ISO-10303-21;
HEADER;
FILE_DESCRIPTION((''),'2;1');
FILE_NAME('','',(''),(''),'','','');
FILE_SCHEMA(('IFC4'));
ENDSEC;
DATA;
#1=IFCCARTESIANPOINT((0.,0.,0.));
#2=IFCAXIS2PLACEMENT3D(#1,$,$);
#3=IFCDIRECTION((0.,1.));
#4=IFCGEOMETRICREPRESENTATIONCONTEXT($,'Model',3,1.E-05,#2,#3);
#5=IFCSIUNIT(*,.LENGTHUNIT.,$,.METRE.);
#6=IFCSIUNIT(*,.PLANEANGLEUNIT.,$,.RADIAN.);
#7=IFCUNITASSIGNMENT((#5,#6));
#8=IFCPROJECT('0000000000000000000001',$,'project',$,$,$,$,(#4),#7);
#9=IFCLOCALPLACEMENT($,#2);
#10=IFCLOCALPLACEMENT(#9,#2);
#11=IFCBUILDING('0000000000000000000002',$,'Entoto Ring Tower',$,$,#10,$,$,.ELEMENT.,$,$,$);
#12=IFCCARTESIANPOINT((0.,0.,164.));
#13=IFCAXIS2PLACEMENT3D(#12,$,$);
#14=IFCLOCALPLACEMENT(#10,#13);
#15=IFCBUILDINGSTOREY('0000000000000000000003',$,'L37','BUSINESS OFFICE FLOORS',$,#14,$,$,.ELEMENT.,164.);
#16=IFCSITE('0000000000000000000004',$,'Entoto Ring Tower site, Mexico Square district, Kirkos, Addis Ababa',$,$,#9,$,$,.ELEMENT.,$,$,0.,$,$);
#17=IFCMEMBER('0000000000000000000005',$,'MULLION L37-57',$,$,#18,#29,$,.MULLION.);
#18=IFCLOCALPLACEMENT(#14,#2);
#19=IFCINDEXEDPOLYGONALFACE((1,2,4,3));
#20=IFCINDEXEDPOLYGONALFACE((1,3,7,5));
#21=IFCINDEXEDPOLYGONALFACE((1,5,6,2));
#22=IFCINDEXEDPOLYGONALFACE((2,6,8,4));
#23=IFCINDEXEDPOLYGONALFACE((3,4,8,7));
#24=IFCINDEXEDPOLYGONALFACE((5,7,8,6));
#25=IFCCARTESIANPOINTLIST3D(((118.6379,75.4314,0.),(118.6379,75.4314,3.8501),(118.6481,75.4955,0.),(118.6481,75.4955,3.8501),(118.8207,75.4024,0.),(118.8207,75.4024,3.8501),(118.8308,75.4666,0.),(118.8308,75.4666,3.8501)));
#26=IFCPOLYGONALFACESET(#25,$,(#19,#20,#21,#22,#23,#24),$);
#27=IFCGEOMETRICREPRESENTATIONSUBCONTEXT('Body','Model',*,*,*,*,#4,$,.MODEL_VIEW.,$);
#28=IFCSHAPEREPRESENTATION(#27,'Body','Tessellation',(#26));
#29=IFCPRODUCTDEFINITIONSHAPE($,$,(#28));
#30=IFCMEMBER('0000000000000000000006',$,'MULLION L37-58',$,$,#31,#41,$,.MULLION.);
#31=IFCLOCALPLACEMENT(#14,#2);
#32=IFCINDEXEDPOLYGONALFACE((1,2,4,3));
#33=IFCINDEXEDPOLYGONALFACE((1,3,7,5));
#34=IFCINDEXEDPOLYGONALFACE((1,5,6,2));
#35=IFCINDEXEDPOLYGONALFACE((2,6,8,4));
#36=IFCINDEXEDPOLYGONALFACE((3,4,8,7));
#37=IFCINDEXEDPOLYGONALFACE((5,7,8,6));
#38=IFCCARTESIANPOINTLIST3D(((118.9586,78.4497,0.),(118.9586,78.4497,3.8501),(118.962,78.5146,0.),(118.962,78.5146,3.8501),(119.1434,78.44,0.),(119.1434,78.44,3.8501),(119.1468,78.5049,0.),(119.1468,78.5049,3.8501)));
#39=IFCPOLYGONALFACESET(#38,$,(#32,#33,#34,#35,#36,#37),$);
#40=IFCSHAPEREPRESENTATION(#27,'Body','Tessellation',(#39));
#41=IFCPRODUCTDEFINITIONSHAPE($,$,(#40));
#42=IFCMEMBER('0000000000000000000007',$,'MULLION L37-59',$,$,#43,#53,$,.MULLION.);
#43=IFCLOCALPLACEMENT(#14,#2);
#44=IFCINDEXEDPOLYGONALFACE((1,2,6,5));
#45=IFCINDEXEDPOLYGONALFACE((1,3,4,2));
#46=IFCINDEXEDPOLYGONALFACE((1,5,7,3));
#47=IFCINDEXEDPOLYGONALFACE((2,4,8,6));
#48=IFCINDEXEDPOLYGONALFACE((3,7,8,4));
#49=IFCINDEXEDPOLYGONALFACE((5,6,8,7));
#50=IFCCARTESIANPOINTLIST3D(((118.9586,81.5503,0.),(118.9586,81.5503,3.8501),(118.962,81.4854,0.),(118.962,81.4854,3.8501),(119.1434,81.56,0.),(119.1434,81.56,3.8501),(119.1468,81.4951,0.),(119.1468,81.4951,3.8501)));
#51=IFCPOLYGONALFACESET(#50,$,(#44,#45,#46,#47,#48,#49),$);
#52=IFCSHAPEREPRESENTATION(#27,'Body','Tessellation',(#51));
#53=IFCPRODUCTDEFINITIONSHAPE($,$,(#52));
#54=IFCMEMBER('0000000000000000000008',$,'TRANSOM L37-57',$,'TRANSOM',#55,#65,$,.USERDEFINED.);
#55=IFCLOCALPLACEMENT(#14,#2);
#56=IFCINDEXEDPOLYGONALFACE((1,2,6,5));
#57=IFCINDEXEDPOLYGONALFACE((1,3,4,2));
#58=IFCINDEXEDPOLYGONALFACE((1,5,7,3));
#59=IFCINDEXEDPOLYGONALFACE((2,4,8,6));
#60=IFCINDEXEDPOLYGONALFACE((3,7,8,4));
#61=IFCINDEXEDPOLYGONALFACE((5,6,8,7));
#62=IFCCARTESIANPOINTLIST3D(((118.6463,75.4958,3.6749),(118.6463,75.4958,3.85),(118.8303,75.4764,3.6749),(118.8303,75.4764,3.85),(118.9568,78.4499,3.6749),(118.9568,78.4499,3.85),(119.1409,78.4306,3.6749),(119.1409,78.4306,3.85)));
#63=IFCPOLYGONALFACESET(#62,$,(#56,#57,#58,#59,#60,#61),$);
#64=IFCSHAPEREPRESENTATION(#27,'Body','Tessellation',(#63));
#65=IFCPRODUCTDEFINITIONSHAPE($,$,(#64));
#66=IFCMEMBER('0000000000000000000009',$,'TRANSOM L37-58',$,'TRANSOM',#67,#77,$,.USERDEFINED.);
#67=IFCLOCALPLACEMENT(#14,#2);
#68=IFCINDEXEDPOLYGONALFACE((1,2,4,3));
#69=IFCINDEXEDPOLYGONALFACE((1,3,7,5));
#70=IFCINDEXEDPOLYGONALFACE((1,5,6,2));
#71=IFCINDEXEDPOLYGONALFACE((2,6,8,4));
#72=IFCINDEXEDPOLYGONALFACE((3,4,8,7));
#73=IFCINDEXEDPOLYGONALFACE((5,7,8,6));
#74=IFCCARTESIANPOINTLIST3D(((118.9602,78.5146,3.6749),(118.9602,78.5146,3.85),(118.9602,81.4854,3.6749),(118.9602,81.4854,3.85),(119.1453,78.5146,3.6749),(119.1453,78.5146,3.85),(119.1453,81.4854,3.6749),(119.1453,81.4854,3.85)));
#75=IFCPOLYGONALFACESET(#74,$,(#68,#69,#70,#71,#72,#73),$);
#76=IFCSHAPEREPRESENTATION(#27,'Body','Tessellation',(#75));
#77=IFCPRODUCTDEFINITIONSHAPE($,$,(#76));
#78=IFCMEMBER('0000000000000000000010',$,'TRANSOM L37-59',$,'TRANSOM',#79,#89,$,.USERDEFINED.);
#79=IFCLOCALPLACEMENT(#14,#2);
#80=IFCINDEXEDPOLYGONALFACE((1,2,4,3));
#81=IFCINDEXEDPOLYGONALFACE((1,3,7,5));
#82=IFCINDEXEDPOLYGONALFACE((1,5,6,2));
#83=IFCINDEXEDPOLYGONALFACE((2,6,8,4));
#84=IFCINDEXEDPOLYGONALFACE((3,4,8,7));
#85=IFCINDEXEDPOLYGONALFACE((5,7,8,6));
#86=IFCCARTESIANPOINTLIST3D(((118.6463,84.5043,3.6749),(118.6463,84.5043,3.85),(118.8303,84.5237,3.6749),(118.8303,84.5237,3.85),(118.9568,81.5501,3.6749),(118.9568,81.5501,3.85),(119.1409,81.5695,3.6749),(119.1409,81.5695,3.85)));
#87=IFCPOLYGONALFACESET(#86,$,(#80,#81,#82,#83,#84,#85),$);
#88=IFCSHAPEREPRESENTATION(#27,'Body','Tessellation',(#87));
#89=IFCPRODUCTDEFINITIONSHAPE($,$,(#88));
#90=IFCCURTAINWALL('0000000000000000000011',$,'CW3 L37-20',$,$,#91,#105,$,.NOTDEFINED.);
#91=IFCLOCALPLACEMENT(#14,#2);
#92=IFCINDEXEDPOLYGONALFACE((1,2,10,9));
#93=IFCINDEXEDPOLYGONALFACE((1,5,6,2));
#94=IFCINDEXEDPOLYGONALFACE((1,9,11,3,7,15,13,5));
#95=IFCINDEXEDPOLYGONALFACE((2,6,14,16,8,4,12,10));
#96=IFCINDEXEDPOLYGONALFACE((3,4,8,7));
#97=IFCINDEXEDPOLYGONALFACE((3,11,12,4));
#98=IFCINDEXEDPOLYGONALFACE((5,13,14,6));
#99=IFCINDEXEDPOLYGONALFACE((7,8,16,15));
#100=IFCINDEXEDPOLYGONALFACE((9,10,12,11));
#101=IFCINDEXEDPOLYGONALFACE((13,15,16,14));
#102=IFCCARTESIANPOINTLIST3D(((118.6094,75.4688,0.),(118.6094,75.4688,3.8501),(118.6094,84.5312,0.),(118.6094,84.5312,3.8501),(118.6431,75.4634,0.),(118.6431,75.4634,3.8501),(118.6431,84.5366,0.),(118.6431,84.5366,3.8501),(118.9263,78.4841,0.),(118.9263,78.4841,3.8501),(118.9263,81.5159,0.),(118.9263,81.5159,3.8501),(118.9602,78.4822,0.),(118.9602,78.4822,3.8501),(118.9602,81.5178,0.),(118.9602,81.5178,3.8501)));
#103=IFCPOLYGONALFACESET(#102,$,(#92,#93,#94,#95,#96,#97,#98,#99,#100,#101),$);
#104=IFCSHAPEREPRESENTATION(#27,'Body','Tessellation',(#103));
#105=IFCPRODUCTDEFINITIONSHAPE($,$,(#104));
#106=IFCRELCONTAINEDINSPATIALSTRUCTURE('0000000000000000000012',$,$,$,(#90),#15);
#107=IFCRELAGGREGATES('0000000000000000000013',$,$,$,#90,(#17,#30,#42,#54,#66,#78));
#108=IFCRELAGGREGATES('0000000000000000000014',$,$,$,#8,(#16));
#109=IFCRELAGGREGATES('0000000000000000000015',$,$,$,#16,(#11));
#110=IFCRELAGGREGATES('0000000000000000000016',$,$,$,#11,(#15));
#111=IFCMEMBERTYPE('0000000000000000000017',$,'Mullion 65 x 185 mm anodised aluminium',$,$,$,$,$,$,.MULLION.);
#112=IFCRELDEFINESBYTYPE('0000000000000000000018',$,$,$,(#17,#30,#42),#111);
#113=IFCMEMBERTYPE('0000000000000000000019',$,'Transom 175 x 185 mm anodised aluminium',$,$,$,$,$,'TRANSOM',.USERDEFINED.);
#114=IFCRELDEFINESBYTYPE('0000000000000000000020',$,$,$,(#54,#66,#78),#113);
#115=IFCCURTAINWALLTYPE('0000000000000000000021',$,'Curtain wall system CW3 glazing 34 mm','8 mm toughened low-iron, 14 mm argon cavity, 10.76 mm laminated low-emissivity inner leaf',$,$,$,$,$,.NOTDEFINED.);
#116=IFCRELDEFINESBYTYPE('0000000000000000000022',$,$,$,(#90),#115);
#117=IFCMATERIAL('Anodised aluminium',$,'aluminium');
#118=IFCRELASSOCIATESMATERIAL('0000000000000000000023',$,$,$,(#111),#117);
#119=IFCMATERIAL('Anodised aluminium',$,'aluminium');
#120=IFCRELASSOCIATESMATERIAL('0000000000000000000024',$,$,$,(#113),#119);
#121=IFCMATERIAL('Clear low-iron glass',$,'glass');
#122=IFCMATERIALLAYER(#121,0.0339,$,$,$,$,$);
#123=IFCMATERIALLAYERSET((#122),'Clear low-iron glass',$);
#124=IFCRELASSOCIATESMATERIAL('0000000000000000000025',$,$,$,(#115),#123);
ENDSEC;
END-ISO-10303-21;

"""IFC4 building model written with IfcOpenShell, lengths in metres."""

from ifc_helpers import new_model, si_unit, direction, frame, origin, origin_2d, place, context, subcontext, project, spatial, polyline, rectangle, outline, extrude, material, layer, layer_set, material_profile, profile_set, type_object, element, aggregate, save


model = new_model("IFC4")

# Units and contexts
model_context = context("Model", 3, precision=1e-05, world=origin(), true_north=direction((0.0, 1.0)))
body_context = subcontext(model_context, "Body", "Model", "MODEL_VIEW")
ifc_project = project(units=[si_unit("LENGTHUNIT", "METRE"), si_unit("PLANEANGLEUNIT", "RADIAN")], contexts=[model_context])

# Members
ifc_material_1 = material(Name="Anodised aluminium", Category="aluminium")
ifc_material_profile_1 = material_profile(ifc_material_1, rectangle(XDim=0.0649, YDim=0.1851, at=origin_2d()), Name="Mullion 65 x 185 mm anodised aluminium")
ifc_profile_set_1 = profile_set([ifc_material_profile_1], Name="Anodised aluminium")
member_type_1 = type_object("IfcMemberType", Name="Mullion 65 x 185 mm anodised aluminium", PredefinedType="MULLION", material=ifc_profile_set_1)
site_placement = place(None, origin())
building_placement = place(site_placement, origin())
storey_placement = place(building_placement, frame((0.0, 0.0, 164.0)))
member_1_placement = place(storey_placement, frame((118.7344, 75.449, 0.0), z_axis=(0.0, 0.0, 1.0), x_axis=(0.156434, 0.987688, 0.0)))
member_1 = element("IfcMember", 1, at=member_1_placement, type_object=member_type_1, Name="MULLION L37-57", PredefinedType="MULLION", context=body_context, shape_type="SweptSolid", body=[
    extrude(rectangle(XDim=0.0649, YDim=0.1851, at=origin_2d()), origin(), (0.0, 0.0, 1.0), 3.8501),
])
member_2_placement = place(storey_placement, frame((119.0527, 78.4773, 0.0), z_axis=(0.0, 0.0, 1.0), x_axis=(0.052336, 0.99863, 0.0)))
member_2 = element("IfcMember", 2, at=member_2_placement, type_object=member_type_1, Name="MULLION L37-58", PredefinedType="MULLION", context=body_context, shape_type="SweptSolid", body=[
    extrude(rectangle(XDim=0.0649, YDim=0.1851, at=origin_2d()), origin(), (0.0, 0.0, 1.0), 3.8501),
])
member_3_placement = place(storey_placement, frame((119.0527, 81.5227, 0.0), z_axis=(0.0, 0.0, 1.0), x_axis=(-0.052336, 0.99863, 0.0)))
member_3 = element("IfcMember", 3, at=member_3_placement, type_object=member_type_1, Name="MULLION L37-59", PredefinedType="MULLION", context=body_context, shape_type="SweptSolid", body=[
    extrude(rectangle(XDim=0.0649, YDim=0.1851, at=origin_2d()), origin(), (0.0, 0.0, 1.0), 3.8501),
])
ifc_material_2 = material(Name="Anodised aluminium", Category="aluminium")
ifc_material_profile_2 = material_profile(ifc_material_2, rectangle(XDim=0.1851, YDim=0.175, at=origin_2d()), Name="Transom 175 x 185 mm anodised aluminium")
ifc_profile_set_2 = profile_set([ifc_material_profile_2], Name="Anodised aluminium")
member_type_2 = type_object("IfcMemberType", Name="Transom 175 x 185 mm anodised aluminium", ElementType="TRANSOM", PredefinedType="USERDEFINED", material=ifc_profile_set_2)
member_4_placement = place(storey_placement, frame((118.7383, 75.4861, 3.7625), z_axis=(0.104548, 0.99452, 0.0), x_axis=(-0.99452, 0.104548, 0.0)))
member_4 = element("IfcMember", 4, at=member_4_placement, type_object=member_type_2, Name="TRANSOM L37-57", ObjectType="TRANSOM", PredefinedType="USERDEFINED", context=body_context, shape_type="SweptSolid", body=[
    extrude(rectangle(XDim=0.1851, YDim=0.175, at=origin_2d()), origin(), (0.0, 0.0, 1.0), 2.9705),
])
member_5_placement = place(storey_placement, frame((119.0527, 78.5146, 3.7625), z_axis=(0.0, 1.0, 0.0), x_axis=(-1.0, 0.0, 0.0)))
member_5 = element("IfcMember", 5, at=member_5_placement, type_object=member_type_2, Name="TRANSOM L37-58", ObjectType="TRANSOM", PredefinedType="USERDEFINED", context=body_context, shape_type="SweptSolid", body=[
    extrude(rectangle(XDim=0.1851, YDim=0.175, at=origin_2d()), origin(), (0.0, 0.0, 1.0), 2.9707),
])
member_6_placement = place(storey_placement, frame((119.0488, 81.5598, 3.7625), z_axis=(-0.104548, 0.99452, 0.0), x_axis=(-0.99452, -0.104548, 0.0)))
member_6 = element("IfcMember", 6, at=member_6_placement, type_object=member_type_2, Name="TRANSOM L37-59", ObjectType="TRANSOM", PredefinedType="USERDEFINED", context=body_context, shape_type="SweptSolid", body=[
    extrude(rectangle(XDim=0.1851, YDim=0.175, at=origin_2d()), origin(), (0.0, 0.0, 1.0), 2.9705),
])

# Site, building, storey
site = spatial("IfcSite", under=ifc_project, at=site_placement, Name="Entoto Ring Tower site, Mexico Square district, Kirkos, Addis Ababa", CompositionType="ELEMENT", RefElevation=0.0)
building = spatial("IfcBuilding", under=site, at=building_placement, Name="Entoto Ring Tower", CompositionType="ELEMENT")
storey = spatial("IfcBuildingStorey", under=building, at=storey_placement, Name="L37", Description="BUSINESS OFFICE FLOORS", CompositionType="ELEMENT", Elevation=164.0)

# Curtain wall
ifc_material_3 = material(Name="Clear low-iron glass", Category="glass")
ifc_layer = layer(ifc_material_3, 0.0339)
ifc_layer_set = layer_set([ifc_layer], Name="Clear low-iron glass")
curtain_wall_type = type_object("IfcCurtainWallType", Name="Curtain wall system CW3 glazing 34 mm", Description="8 mm toughened low-iron, 14 mm argon cavity, 10.76 mm laminated low-emissivity inner leaf", PredefinedType="NOTDEFINED", material=ifc_layer_set)
curtain_wall_1_placement = place(storey_placement, origin())
curtain_wall_1 = element("IfcCurtainWall", 7, at=curtain_wall_1_placement, inside=storey, type_object=curtain_wall_type, Name="CW3 L37-20", PredefinedType="NOTDEFINED", context=body_context, shape_type="SweptSolid", body=[
    extrude(outline(polyline([(118.6431, 75.4634), (118.9602, 78.4822), (118.9602, 81.5178), (118.6431, 84.5366), (118.6094, 84.5312), (118.9263, 81.5159), (118.9263, 78.4841), (118.6094, 75.4688), (118.6431, 75.4634)])), origin(), (0.0, 0.0, 1.0), 3.8501),
])
aggregate(curtain_wall_1, [member_1, member_2, member_3, member_4, member_5, member_6])

save(model, "model.ifc")
